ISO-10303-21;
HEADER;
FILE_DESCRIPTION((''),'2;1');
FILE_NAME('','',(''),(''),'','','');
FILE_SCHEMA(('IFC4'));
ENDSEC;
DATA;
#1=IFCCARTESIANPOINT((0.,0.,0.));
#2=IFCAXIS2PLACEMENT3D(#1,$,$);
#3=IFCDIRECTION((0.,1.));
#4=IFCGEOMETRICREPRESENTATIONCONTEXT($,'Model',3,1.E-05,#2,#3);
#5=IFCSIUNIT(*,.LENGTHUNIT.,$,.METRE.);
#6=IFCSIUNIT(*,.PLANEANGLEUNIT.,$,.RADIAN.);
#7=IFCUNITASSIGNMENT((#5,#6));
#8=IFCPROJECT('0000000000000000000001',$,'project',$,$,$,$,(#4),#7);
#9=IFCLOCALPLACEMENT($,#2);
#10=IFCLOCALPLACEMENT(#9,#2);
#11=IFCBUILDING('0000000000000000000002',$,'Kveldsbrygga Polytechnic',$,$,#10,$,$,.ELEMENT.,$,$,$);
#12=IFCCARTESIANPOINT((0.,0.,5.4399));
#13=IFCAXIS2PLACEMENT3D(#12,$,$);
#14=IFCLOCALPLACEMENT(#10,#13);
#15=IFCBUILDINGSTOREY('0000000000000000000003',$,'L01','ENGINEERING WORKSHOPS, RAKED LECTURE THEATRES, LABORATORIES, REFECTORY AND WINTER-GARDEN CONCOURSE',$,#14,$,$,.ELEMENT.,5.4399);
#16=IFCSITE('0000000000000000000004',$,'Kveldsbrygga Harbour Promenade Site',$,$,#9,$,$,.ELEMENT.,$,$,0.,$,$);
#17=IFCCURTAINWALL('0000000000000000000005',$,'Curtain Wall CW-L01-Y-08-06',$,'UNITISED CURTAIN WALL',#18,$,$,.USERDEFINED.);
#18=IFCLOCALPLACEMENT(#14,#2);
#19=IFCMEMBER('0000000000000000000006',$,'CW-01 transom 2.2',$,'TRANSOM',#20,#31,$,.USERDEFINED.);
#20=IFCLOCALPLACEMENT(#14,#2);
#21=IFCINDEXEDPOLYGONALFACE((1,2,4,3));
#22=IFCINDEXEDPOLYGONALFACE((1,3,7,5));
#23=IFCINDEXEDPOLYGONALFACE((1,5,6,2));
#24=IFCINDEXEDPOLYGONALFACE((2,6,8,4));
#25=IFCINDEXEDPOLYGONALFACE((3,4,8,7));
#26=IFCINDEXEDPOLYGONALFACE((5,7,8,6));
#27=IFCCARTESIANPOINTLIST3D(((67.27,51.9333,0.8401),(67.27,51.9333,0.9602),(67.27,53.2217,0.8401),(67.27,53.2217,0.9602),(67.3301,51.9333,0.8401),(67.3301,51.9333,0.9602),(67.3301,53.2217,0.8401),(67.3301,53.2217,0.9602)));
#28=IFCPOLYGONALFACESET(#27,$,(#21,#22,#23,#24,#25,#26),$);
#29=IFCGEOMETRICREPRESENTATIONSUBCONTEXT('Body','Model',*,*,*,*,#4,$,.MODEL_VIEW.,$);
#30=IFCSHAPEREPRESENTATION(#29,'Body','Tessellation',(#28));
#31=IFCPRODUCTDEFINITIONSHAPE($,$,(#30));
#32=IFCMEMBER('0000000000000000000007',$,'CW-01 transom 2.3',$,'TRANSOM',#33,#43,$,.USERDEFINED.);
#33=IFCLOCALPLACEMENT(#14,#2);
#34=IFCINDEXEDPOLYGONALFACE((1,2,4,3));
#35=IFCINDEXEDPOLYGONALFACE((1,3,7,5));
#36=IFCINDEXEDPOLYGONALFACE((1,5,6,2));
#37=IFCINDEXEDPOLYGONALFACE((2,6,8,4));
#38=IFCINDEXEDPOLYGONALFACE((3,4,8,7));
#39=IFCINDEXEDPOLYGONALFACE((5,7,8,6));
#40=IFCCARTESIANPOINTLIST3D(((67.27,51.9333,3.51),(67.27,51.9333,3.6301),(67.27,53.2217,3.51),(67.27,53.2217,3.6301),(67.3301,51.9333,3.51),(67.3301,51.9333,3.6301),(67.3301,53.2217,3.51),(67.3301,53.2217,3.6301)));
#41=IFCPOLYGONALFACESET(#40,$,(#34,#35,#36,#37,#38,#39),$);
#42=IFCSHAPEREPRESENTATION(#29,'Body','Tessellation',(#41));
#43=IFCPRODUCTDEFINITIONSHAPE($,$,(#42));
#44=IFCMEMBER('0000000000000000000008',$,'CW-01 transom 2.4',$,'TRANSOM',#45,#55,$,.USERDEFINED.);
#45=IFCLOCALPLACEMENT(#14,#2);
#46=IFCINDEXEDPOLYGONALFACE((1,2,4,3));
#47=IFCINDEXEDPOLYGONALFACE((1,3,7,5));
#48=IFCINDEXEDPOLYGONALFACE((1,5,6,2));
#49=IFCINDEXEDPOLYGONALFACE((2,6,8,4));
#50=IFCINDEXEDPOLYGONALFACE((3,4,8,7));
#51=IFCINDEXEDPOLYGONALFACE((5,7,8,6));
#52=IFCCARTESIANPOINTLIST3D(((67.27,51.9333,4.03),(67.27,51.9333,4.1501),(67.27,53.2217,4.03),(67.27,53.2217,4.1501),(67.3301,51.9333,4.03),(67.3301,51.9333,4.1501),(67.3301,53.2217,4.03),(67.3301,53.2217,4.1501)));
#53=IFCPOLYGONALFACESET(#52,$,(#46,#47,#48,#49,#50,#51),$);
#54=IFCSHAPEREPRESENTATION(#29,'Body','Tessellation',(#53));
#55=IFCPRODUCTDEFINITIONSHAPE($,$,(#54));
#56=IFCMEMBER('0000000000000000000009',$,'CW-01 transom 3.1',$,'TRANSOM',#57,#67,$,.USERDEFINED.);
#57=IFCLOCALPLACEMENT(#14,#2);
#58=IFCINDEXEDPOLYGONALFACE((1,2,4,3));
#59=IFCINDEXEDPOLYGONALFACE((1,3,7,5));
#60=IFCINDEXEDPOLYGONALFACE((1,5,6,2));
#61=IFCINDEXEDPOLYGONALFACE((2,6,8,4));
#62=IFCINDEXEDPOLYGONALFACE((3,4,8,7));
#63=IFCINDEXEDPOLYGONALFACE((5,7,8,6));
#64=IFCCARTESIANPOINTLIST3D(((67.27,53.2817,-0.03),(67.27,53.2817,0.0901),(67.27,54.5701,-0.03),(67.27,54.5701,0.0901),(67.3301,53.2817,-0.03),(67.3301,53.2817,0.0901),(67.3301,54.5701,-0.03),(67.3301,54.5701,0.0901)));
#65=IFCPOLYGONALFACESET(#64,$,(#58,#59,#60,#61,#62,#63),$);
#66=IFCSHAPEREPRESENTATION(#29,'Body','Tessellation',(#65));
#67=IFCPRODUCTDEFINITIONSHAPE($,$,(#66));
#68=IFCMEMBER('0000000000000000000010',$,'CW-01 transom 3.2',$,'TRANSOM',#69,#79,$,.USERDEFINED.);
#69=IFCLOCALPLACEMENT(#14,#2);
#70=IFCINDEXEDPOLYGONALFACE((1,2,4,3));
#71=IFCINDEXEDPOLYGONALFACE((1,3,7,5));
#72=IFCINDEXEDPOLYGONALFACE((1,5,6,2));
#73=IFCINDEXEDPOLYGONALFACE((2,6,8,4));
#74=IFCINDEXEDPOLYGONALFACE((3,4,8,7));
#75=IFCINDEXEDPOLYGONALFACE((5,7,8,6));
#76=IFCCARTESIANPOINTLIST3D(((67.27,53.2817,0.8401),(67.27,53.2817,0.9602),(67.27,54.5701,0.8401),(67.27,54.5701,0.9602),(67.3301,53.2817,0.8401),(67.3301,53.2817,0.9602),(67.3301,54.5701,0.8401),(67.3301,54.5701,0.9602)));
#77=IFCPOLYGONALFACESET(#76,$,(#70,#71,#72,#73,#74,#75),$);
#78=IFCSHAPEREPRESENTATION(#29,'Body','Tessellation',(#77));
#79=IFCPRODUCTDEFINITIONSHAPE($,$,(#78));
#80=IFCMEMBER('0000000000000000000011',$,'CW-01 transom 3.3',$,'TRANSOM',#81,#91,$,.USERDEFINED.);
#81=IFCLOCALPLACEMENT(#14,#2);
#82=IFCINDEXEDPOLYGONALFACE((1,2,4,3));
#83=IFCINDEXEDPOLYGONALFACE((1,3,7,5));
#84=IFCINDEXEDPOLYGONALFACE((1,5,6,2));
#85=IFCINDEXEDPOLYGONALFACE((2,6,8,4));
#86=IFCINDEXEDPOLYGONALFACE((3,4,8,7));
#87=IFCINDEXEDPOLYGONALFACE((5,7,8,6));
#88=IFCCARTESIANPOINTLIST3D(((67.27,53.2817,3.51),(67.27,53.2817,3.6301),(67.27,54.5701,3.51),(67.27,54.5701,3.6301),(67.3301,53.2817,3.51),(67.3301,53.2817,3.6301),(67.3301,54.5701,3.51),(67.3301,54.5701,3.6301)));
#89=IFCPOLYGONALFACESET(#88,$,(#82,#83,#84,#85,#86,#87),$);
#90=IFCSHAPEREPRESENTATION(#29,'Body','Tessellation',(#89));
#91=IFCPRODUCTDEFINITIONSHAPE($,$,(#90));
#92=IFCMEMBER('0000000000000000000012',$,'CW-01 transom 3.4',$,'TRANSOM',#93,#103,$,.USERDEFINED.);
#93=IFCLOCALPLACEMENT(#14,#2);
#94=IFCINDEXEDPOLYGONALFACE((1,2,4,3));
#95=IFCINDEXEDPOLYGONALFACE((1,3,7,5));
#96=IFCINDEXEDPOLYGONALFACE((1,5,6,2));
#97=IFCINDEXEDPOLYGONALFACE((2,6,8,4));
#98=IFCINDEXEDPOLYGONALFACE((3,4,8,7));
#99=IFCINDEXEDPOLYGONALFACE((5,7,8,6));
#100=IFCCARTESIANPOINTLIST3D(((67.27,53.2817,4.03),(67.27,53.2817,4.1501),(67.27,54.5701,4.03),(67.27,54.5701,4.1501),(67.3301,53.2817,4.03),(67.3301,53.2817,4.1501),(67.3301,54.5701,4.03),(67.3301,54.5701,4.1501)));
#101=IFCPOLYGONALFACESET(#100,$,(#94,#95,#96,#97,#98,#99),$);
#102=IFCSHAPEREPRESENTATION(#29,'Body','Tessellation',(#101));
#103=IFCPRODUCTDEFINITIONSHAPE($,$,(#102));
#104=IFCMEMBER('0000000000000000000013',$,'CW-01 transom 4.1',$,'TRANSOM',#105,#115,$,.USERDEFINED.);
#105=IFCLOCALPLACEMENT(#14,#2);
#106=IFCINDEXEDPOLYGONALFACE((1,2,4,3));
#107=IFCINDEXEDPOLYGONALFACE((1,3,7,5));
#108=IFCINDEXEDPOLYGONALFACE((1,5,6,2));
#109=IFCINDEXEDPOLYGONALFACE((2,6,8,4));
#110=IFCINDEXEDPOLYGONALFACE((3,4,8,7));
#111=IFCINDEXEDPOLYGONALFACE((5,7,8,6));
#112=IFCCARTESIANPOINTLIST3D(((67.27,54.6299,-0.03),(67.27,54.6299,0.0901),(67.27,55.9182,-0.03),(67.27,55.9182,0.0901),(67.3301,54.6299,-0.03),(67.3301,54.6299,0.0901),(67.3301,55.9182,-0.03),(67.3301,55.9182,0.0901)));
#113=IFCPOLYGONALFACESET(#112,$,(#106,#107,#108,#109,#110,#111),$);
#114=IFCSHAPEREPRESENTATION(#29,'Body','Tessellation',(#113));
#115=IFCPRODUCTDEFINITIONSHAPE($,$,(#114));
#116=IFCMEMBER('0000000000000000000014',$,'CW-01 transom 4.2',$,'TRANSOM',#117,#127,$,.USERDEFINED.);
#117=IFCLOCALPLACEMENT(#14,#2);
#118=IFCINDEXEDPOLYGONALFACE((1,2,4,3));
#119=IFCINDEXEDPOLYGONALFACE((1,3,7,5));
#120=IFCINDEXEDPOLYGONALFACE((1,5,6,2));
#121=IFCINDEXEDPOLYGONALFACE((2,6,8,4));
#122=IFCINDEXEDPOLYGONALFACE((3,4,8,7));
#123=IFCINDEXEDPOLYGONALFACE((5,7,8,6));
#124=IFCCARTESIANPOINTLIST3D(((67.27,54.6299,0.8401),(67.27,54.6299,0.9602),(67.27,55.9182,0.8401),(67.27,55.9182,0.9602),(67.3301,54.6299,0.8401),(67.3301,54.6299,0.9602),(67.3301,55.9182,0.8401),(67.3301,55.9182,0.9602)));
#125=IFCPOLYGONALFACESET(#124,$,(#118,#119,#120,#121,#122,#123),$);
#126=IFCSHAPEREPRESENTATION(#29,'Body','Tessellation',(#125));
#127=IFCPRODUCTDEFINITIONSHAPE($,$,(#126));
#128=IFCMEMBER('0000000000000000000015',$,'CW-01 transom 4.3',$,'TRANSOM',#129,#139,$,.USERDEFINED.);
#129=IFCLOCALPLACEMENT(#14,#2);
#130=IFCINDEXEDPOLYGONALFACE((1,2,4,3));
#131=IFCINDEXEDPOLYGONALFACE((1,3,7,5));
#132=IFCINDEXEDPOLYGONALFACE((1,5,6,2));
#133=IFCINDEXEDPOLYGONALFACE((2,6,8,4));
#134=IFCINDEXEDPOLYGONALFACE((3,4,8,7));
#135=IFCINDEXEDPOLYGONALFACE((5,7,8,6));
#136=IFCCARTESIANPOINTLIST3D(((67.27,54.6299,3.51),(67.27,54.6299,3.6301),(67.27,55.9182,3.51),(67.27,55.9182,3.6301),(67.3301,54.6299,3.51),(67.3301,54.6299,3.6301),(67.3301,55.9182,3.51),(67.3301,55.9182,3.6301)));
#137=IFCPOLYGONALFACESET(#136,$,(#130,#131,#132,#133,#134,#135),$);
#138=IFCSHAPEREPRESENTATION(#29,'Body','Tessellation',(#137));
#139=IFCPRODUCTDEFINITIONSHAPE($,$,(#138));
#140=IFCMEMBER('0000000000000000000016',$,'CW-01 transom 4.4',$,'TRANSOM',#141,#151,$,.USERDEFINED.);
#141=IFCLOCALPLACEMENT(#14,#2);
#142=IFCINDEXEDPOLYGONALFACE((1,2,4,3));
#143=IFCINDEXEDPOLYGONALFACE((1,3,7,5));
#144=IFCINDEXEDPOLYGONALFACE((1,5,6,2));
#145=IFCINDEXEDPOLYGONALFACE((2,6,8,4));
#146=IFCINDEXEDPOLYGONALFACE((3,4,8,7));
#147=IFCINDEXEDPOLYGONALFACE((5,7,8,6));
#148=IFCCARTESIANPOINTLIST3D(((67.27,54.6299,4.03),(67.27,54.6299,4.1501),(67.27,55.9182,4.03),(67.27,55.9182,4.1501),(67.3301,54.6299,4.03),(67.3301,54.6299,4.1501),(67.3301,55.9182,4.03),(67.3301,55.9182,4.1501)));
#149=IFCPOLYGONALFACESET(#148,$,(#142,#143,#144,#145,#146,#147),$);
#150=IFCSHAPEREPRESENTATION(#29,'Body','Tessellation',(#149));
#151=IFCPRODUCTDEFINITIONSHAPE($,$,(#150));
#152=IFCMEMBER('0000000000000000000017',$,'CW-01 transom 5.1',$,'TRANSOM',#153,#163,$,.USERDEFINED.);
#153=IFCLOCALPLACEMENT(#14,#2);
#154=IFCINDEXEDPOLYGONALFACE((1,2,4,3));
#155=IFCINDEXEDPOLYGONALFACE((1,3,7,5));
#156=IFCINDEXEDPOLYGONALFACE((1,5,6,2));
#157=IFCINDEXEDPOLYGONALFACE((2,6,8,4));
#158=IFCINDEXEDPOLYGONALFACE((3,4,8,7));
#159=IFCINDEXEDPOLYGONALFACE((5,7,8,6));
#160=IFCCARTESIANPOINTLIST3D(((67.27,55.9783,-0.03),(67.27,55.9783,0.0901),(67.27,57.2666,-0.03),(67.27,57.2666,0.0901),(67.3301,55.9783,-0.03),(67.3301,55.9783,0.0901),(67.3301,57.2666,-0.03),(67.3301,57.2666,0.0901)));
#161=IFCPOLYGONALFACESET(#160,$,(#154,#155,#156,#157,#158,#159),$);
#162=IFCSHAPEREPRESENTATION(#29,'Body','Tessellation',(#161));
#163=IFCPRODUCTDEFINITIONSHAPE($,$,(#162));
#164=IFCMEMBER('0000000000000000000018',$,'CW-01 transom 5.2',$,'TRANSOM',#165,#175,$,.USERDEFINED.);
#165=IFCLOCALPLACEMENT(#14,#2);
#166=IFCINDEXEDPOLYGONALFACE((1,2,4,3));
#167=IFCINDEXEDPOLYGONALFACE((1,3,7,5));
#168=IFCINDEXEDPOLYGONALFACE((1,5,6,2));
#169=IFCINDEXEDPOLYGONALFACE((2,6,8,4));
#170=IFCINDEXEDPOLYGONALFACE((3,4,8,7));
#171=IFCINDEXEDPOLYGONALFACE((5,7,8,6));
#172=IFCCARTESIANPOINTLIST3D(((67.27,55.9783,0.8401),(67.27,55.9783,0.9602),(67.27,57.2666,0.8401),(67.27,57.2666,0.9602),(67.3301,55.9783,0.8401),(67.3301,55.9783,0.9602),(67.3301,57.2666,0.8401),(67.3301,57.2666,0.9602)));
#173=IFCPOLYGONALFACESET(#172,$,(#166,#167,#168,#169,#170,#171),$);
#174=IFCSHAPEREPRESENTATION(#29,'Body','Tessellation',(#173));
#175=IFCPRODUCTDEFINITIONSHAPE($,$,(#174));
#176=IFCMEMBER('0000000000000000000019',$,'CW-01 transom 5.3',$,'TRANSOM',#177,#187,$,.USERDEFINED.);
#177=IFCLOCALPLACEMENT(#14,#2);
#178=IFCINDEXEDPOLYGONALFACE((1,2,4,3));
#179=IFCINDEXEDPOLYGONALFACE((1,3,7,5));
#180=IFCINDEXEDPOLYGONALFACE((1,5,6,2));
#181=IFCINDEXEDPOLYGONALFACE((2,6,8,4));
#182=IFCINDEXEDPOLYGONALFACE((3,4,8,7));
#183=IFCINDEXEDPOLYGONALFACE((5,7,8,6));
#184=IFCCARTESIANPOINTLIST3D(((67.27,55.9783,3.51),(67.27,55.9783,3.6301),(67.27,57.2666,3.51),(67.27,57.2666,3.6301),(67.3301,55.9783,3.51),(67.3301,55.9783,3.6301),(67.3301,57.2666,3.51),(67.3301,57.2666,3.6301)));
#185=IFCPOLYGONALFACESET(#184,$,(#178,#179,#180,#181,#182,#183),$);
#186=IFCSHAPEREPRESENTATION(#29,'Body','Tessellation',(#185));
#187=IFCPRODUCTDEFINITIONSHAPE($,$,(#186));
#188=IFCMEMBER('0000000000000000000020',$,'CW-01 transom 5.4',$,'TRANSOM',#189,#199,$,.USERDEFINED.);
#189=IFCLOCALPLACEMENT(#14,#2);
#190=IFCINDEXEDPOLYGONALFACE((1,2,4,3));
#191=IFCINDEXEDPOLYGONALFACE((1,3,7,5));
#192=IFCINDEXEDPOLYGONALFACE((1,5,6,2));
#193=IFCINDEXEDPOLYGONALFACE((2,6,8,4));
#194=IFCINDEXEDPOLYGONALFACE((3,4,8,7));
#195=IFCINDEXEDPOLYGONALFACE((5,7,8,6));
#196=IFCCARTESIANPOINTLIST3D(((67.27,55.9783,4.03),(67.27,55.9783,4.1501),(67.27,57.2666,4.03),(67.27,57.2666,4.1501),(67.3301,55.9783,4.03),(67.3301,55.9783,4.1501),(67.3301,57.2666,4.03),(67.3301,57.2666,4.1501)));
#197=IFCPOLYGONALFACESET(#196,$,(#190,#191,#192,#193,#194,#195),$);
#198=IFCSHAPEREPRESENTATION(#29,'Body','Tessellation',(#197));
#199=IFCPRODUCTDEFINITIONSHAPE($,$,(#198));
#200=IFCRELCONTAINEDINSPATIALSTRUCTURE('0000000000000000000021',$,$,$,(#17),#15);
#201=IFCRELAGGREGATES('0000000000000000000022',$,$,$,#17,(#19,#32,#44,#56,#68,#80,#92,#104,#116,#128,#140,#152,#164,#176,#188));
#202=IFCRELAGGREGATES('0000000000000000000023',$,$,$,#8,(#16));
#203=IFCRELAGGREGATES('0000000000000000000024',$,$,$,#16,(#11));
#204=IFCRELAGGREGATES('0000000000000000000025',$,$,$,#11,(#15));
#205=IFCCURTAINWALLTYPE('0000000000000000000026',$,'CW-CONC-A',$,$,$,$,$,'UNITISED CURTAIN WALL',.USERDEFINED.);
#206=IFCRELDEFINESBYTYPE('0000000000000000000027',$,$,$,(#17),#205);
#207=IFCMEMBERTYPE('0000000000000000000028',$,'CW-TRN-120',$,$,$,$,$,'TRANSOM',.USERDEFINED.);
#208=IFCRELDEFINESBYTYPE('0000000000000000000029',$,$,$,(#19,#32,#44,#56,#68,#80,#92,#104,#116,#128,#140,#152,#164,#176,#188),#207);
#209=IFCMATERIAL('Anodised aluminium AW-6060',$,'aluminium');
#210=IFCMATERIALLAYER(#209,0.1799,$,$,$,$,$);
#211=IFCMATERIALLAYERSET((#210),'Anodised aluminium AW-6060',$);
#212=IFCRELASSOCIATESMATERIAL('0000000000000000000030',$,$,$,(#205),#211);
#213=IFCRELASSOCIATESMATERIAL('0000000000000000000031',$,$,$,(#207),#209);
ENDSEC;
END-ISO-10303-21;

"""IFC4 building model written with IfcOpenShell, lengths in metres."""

from ifc_helpers import new_model, si_unit, direction, frame, origin, origin_2d, place, context, subcontext, project, spatial, rectangle, extrude, material, layer, layer_set, material_profile, profile_set, type_object, element, aggregate, save


model = new_model("IFC4")

# Units and contexts
model_context = context("Model", 3, precision=1e-05, world=origin(), true_north=direction((0.0, 1.0)))
body_context = subcontext(model_context, "Body", "Model", "MODEL_VIEW")
ifc_project = project(units=[si_unit("LENGTHUNIT", "METRE"), si_unit("PLANEANGLEUNIT", "RADIAN")], contexts=[model_context])

# Site, building, storey
site_placement = place(None, origin())
site = spatial("IfcSite", under=ifc_project, at=site_placement, Name="Kveldsbrygga Harbour Promenade Site", CompositionType="ELEMENT", RefElevation=0.0)
building_placement = place(site_placement, origin())
building = spatial("IfcBuilding", under=site, at=building_placement, Name="Kveldsbrygga Polytechnic", CompositionType="ELEMENT")
storey_placement = place(building_placement, frame((0.0, 0.0, 5.4399)))
storey = spatial("IfcBuildingStorey", under=building, at=storey_placement, Name="L01", Description="ENGINEERING WORKSHOPS, RAKED LECTURE THEATRES, LABORATORIES, REFECTORY AND WINTER-GARDEN CONCOURSE", CompositionType="ELEMENT", Elevation=5.4399)

# Curtain wall, members
ifc_material_1 = material(Name="Anodised aluminium AW-6060", Category="aluminium")
ifc_layer_1 = layer(ifc_material_1, 0.1799)
ifc_layer_set_1 = layer_set([ifc_layer_1], Name="Anodised aluminium AW-6060")
curtain_wall_type = type_object("IfcCurtainWallType", Name="CW-CONC-A", ElementType="UNITISED CURTAIN WALL", PredefinedType="USERDEFINED", material=ifc_layer_set_1)
curtain_wall_placement = place(storey_placement, origin())
curtain_wall = element("IfcCurtainWall", 1, at=curtain_wall_placement, inside=storey, type_object=curtain_wall_type, Name="Curtain Wall CW-L01-Y-08-06", ObjectType="UNITISED CURTAIN WALL", PredefinedType="USERDEFINED")
ifc_material_profile_1 = material_profile(ifc_material_1, rectangle(XDim=0.0601, YDim=0.1201, at=origin_2d()), Name="ALU 60x120")
ifc_profile_set_1 = profile_set([ifc_material_profile_1], Name="Anodised aluminium AW-6060")
member_type_1 = type_object("IfcMemberType", Name="CW-TRN-120", ElementType="TRANSOM", PredefinedType="USERDEFINED", material=ifc_profile_set_1)
member_1_placement = place(storey_placement, frame((67.3, 51.9333, 0.9001), z_axis=(0.0, 1.0, 0.0), x_axis=(-1.0, 0.0, 0.0)))
member_1 = element("IfcMember", 2, at=member_1_placement, type_object=member_type_1, Name="CW-01 transom 2.2", ObjectType="TRANSOM", PredefinedType="USERDEFINED", context=body_context, shape_type="SweptSolid", body=[
    extrude(rectangle(XDim=0.0601, YDim=0.1201, at=origin_2d()), origin(), (0.0, 0.0, 1.0), 1.2883),
])
member_2_placement = place(storey_placement, frame((67.3, 51.9333, 3.5701), z_axis=(0.0, 1.0, 0.0), x_axis=(-1.0, 0.0, 0.0)))
member_2 = element("IfcMember", 3, at=member_2_placement, type_object=member_type_1, Name="CW-01 transom 2.3", ObjectType="TRANSOM", PredefinedType="USERDEFINED", context=body_context, shape_type="SweptSolid", body=[
    extrude(rectangle(XDim=0.0601, YDim=0.1201, at=origin_2d()), origin(), (0.0, 0.0, 1.0), 1.2883),
])
member_3_placement = place(storey_placement, frame((67.3, 51.9333, 4.0901), z_axis=(0.0, 1.0, 0.0), x_axis=(-1.0, 0.0, 0.0)))
member_3 = element("IfcMember", 4, at=member_3_placement, type_object=member_type_1, Name="CW-01 transom 2.4", ObjectType="TRANSOM", PredefinedType="USERDEFINED", context=body_context, shape_type="SweptSolid", body=[
    extrude(rectangle(XDim=0.0601, YDim=0.1201, at=origin_2d()), origin(), (0.0, 0.0, 1.0), 1.2883),
])
member_4_placement = place(storey_placement, frame((67.3, 53.2817, 0.03), z_axis=(0.0, 1.0, 0.0), x_axis=(-1.0, 0.0, 0.0)))
member_4 = element("IfcMember", 5, at=member_4_placement, type_object=member_type_1, Name="CW-01 transom 3.1", ObjectType="TRANSOM", PredefinedType="USERDEFINED", context=body_context, shape_type="SweptSolid", body=[
    extrude(rectangle(XDim=0.0601, YDim=0.1201, at=origin_2d()), origin(), (0.0, 0.0, 1.0), 1.2883),
])
member_5_placement = place(storey_placement, frame((67.3, 53.2817, 0.9001), z_axis=(0.0, 1.0, 0.0), x_axis=(-1.0, 0.0, 0.0)))
member_5 = element("IfcMember", 6, at=member_5_placement, type_object=member_type_1, Name="CW-01 transom 3.2", ObjectType="TRANSOM", PredefinedType="USERDEFINED", context=body_context, shape_type="SweptSolid", body=[
    extrude(rectangle(XDim=0.0601, YDim=0.1201, at=origin_2d()), origin(), (0.0, 0.0, 1.0), 1.2883),
])
member_6_placement = place(storey_placement, frame((67.3, 53.2817, 3.5701), z_axis=(0.0, 1.0, 0.0), x_axis=(-1.0, 0.0, 0.0)))
member_6 = element("IfcMember", 7, at=member_6_placement, type_object=member_type_1, Name="CW-01 transom 3.3", ObjectType="TRANSOM", PredefinedType="USERDEFINED", context=body_context, shape_type="SweptSolid", body=[
    extrude(rectangle(XDim=0.0601, YDim=0.1201, at=origin_2d()), origin(), (0.0, 0.0, 1.0), 1.2883),
])
member_7_placement = place(storey_placement, frame((67.3, 53.2817, 4.0901), z_axis=(0.0, 1.0, 0.0), x_axis=(-1.0, 0.0, 0.0)))
member_7 = element("IfcMember", 8, at=member_7_placement, type_object=member_type_1, Name="CW-01 transom 3.4", ObjectType="TRANSOM", PredefinedType="USERDEFINED", context=body_context, shape_type="SweptSolid", body=[
    extrude(rectangle(XDim=0.0601, YDim=0.1201, at=origin_2d()), origin(), (0.0, 0.0, 1.0), 1.2883),
])
member_8_placement = place(storey_placement, frame((67.3, 54.6299, 0.03), z_axis=(0.0, 1.0, 0.0), x_axis=(-1.0, 0.0, 0.0)))
member_8 = element("IfcMember", 9, at=member_8_placement, type_object=member_type_1, Name="CW-01 transom 4.1", ObjectType="TRANSOM", PredefinedType="USERDEFINED", context=body_context, shape_type="SweptSolid", body=[
    extrude(rectangle(XDim=0.0601, YDim=0.1201, at=origin_2d()), origin(), (0.0, 0.0, 1.0), 1.2883),
])
member_9_placement = place(storey_placement, frame((67.3, 54.6299, 0.9001), z_axis=(0.0, 1.0, 0.0), x_axis=(-1.0, 0.0, 0.0)))
member_9 = element("IfcMember", 10, at=member_9_placement, type_object=member_type_1, Name="CW-01 transom 4.2", ObjectType="TRANSOM", PredefinedType="USERDEFINED", context=body_context, shape_type="SweptSolid", body=[
    extrude(rectangle(XDim=0.0601, YDim=0.1201, at=origin_2d()), origin(), (0.0, 0.0, 1.0), 1.2883),
])
member_10_placement = place(storey_placement, frame((67.3, 54.6299, 3.5701), z_axis=(0.0, 1.0, 0.0), x_axis=(-1.0, 0.0, 0.0)))
member_10 = element("IfcMember", 11, at=member_10_placement, type_object=member_type_1, Name="CW-01 transom 4.3", ObjectType="TRANSOM", PredefinedType="USERDEFINED", context=body_context, shape_type="SweptSolid", body=[
    extrude(rectangle(XDim=0.0601, YDim=0.1201, at=origin_2d()), origin(), (0.0, 0.0, 1.0), 1.2883),
])
member_11_placement = place(storey_placement, frame((67.3, 54.6299, 4.0901), z_axis=(0.0, 1.0, 0.0), x_axis=(-1.0, 0.0, 0.0)))
member_11 = element("IfcMember", 12, at=member_11_placement, type_object=member_type_1, Name="CW-01 transom 4.4", ObjectType="TRANSOM", PredefinedType="USERDEFINED", context=body_context, shape_type="SweptSolid", body=[
    extrude(rectangle(XDim=0.0601, YDim=0.1201, at=origin_2d()), origin(), (0.0, 0.0, 1.0), 1.2883),
])
member_12_placement = place(storey_placement, frame((67.3, 55.9783, 0.03), z_axis=(0.0, 1.0, 0.0), x_axis=(-1.0, 0.0, 0.0)))
member_12 = element("IfcMember", 13, at=member_12_placement, type_object=member_type_1, Name="CW-01 transom 5.1", ObjectType="TRANSOM", PredefinedType="USERDEFINED", context=body_context, shape_type="SweptSolid", body=[
    extrude(rectangle(XDim=0.0601, YDim=0.1201, at=origin_2d()), origin(), (0.0, 0.0, 1.0), 1.2883),
])
member_13_placement = place(storey_placement, frame((67.3, 55.9783, 0.9001), z_axis=(0.0, 1.0, 0.0), x_axis=(-1.0, 0.0, 0.0)))
member_13 = element("IfcMember", 14, at=member_13_placement, type_object=member_type_1, Name="CW-01 transom 5.2", ObjectType="TRANSOM", PredefinedType="USERDEFINED", context=body_context, shape_type="SweptSolid", body=[
    extrude(rectangle(XDim=0.0601, YDim=0.1201, at=origin_2d()), origin(), (0.0, 0.0, 1.0), 1.2883),
])
member_14_placement = place(storey_placement, frame((67.3, 55.9783, 3.5701), z_axis=(0.0, 1.0, 0.0), x_axis=(-1.0, 0.0, 0.0)))
member_14 = element("IfcMember", 15, at=member_14_placement, type_object=member_type_1, Name="CW-01 transom 5.3", ObjectType="TRANSOM", PredefinedType="USERDEFINED", context=body_context, shape_type="SweptSolid", body=[
    extrude(rectangle(XDim=0.0601, YDim=0.1201, at=origin_2d()), origin(), (0.0, 0.0, 1.0), 1.2883),
])
member_15_placement = place(storey_placement, frame((67.3, 55.9783, 4.0901), z_axis=(0.0, 1.0, 0.0), x_axis=(-1.0, 0.0, 0.0)))
member_15 = element("IfcMember", 16, at=member_15_placement, type_object=member_type_1, Name="CW-01 transom 5.4", ObjectType="TRANSOM", PredefinedType="USERDEFINED", context=body_context, shape_type="SweptSolid", body=[
    extrude(rectangle(XDim=0.0601, YDim=0.1201, at=origin_2d()), origin(), (0.0, 0.0, 1.0), 1.2883),
])

aggregate(curtain_wall, [member_1, member_2, member_3, member_4, member_5, member_6, member_7, member_8, member_9, member_10, member_11, member_12, member_13, member_14, member_15])

save(model, "model.ifc")
